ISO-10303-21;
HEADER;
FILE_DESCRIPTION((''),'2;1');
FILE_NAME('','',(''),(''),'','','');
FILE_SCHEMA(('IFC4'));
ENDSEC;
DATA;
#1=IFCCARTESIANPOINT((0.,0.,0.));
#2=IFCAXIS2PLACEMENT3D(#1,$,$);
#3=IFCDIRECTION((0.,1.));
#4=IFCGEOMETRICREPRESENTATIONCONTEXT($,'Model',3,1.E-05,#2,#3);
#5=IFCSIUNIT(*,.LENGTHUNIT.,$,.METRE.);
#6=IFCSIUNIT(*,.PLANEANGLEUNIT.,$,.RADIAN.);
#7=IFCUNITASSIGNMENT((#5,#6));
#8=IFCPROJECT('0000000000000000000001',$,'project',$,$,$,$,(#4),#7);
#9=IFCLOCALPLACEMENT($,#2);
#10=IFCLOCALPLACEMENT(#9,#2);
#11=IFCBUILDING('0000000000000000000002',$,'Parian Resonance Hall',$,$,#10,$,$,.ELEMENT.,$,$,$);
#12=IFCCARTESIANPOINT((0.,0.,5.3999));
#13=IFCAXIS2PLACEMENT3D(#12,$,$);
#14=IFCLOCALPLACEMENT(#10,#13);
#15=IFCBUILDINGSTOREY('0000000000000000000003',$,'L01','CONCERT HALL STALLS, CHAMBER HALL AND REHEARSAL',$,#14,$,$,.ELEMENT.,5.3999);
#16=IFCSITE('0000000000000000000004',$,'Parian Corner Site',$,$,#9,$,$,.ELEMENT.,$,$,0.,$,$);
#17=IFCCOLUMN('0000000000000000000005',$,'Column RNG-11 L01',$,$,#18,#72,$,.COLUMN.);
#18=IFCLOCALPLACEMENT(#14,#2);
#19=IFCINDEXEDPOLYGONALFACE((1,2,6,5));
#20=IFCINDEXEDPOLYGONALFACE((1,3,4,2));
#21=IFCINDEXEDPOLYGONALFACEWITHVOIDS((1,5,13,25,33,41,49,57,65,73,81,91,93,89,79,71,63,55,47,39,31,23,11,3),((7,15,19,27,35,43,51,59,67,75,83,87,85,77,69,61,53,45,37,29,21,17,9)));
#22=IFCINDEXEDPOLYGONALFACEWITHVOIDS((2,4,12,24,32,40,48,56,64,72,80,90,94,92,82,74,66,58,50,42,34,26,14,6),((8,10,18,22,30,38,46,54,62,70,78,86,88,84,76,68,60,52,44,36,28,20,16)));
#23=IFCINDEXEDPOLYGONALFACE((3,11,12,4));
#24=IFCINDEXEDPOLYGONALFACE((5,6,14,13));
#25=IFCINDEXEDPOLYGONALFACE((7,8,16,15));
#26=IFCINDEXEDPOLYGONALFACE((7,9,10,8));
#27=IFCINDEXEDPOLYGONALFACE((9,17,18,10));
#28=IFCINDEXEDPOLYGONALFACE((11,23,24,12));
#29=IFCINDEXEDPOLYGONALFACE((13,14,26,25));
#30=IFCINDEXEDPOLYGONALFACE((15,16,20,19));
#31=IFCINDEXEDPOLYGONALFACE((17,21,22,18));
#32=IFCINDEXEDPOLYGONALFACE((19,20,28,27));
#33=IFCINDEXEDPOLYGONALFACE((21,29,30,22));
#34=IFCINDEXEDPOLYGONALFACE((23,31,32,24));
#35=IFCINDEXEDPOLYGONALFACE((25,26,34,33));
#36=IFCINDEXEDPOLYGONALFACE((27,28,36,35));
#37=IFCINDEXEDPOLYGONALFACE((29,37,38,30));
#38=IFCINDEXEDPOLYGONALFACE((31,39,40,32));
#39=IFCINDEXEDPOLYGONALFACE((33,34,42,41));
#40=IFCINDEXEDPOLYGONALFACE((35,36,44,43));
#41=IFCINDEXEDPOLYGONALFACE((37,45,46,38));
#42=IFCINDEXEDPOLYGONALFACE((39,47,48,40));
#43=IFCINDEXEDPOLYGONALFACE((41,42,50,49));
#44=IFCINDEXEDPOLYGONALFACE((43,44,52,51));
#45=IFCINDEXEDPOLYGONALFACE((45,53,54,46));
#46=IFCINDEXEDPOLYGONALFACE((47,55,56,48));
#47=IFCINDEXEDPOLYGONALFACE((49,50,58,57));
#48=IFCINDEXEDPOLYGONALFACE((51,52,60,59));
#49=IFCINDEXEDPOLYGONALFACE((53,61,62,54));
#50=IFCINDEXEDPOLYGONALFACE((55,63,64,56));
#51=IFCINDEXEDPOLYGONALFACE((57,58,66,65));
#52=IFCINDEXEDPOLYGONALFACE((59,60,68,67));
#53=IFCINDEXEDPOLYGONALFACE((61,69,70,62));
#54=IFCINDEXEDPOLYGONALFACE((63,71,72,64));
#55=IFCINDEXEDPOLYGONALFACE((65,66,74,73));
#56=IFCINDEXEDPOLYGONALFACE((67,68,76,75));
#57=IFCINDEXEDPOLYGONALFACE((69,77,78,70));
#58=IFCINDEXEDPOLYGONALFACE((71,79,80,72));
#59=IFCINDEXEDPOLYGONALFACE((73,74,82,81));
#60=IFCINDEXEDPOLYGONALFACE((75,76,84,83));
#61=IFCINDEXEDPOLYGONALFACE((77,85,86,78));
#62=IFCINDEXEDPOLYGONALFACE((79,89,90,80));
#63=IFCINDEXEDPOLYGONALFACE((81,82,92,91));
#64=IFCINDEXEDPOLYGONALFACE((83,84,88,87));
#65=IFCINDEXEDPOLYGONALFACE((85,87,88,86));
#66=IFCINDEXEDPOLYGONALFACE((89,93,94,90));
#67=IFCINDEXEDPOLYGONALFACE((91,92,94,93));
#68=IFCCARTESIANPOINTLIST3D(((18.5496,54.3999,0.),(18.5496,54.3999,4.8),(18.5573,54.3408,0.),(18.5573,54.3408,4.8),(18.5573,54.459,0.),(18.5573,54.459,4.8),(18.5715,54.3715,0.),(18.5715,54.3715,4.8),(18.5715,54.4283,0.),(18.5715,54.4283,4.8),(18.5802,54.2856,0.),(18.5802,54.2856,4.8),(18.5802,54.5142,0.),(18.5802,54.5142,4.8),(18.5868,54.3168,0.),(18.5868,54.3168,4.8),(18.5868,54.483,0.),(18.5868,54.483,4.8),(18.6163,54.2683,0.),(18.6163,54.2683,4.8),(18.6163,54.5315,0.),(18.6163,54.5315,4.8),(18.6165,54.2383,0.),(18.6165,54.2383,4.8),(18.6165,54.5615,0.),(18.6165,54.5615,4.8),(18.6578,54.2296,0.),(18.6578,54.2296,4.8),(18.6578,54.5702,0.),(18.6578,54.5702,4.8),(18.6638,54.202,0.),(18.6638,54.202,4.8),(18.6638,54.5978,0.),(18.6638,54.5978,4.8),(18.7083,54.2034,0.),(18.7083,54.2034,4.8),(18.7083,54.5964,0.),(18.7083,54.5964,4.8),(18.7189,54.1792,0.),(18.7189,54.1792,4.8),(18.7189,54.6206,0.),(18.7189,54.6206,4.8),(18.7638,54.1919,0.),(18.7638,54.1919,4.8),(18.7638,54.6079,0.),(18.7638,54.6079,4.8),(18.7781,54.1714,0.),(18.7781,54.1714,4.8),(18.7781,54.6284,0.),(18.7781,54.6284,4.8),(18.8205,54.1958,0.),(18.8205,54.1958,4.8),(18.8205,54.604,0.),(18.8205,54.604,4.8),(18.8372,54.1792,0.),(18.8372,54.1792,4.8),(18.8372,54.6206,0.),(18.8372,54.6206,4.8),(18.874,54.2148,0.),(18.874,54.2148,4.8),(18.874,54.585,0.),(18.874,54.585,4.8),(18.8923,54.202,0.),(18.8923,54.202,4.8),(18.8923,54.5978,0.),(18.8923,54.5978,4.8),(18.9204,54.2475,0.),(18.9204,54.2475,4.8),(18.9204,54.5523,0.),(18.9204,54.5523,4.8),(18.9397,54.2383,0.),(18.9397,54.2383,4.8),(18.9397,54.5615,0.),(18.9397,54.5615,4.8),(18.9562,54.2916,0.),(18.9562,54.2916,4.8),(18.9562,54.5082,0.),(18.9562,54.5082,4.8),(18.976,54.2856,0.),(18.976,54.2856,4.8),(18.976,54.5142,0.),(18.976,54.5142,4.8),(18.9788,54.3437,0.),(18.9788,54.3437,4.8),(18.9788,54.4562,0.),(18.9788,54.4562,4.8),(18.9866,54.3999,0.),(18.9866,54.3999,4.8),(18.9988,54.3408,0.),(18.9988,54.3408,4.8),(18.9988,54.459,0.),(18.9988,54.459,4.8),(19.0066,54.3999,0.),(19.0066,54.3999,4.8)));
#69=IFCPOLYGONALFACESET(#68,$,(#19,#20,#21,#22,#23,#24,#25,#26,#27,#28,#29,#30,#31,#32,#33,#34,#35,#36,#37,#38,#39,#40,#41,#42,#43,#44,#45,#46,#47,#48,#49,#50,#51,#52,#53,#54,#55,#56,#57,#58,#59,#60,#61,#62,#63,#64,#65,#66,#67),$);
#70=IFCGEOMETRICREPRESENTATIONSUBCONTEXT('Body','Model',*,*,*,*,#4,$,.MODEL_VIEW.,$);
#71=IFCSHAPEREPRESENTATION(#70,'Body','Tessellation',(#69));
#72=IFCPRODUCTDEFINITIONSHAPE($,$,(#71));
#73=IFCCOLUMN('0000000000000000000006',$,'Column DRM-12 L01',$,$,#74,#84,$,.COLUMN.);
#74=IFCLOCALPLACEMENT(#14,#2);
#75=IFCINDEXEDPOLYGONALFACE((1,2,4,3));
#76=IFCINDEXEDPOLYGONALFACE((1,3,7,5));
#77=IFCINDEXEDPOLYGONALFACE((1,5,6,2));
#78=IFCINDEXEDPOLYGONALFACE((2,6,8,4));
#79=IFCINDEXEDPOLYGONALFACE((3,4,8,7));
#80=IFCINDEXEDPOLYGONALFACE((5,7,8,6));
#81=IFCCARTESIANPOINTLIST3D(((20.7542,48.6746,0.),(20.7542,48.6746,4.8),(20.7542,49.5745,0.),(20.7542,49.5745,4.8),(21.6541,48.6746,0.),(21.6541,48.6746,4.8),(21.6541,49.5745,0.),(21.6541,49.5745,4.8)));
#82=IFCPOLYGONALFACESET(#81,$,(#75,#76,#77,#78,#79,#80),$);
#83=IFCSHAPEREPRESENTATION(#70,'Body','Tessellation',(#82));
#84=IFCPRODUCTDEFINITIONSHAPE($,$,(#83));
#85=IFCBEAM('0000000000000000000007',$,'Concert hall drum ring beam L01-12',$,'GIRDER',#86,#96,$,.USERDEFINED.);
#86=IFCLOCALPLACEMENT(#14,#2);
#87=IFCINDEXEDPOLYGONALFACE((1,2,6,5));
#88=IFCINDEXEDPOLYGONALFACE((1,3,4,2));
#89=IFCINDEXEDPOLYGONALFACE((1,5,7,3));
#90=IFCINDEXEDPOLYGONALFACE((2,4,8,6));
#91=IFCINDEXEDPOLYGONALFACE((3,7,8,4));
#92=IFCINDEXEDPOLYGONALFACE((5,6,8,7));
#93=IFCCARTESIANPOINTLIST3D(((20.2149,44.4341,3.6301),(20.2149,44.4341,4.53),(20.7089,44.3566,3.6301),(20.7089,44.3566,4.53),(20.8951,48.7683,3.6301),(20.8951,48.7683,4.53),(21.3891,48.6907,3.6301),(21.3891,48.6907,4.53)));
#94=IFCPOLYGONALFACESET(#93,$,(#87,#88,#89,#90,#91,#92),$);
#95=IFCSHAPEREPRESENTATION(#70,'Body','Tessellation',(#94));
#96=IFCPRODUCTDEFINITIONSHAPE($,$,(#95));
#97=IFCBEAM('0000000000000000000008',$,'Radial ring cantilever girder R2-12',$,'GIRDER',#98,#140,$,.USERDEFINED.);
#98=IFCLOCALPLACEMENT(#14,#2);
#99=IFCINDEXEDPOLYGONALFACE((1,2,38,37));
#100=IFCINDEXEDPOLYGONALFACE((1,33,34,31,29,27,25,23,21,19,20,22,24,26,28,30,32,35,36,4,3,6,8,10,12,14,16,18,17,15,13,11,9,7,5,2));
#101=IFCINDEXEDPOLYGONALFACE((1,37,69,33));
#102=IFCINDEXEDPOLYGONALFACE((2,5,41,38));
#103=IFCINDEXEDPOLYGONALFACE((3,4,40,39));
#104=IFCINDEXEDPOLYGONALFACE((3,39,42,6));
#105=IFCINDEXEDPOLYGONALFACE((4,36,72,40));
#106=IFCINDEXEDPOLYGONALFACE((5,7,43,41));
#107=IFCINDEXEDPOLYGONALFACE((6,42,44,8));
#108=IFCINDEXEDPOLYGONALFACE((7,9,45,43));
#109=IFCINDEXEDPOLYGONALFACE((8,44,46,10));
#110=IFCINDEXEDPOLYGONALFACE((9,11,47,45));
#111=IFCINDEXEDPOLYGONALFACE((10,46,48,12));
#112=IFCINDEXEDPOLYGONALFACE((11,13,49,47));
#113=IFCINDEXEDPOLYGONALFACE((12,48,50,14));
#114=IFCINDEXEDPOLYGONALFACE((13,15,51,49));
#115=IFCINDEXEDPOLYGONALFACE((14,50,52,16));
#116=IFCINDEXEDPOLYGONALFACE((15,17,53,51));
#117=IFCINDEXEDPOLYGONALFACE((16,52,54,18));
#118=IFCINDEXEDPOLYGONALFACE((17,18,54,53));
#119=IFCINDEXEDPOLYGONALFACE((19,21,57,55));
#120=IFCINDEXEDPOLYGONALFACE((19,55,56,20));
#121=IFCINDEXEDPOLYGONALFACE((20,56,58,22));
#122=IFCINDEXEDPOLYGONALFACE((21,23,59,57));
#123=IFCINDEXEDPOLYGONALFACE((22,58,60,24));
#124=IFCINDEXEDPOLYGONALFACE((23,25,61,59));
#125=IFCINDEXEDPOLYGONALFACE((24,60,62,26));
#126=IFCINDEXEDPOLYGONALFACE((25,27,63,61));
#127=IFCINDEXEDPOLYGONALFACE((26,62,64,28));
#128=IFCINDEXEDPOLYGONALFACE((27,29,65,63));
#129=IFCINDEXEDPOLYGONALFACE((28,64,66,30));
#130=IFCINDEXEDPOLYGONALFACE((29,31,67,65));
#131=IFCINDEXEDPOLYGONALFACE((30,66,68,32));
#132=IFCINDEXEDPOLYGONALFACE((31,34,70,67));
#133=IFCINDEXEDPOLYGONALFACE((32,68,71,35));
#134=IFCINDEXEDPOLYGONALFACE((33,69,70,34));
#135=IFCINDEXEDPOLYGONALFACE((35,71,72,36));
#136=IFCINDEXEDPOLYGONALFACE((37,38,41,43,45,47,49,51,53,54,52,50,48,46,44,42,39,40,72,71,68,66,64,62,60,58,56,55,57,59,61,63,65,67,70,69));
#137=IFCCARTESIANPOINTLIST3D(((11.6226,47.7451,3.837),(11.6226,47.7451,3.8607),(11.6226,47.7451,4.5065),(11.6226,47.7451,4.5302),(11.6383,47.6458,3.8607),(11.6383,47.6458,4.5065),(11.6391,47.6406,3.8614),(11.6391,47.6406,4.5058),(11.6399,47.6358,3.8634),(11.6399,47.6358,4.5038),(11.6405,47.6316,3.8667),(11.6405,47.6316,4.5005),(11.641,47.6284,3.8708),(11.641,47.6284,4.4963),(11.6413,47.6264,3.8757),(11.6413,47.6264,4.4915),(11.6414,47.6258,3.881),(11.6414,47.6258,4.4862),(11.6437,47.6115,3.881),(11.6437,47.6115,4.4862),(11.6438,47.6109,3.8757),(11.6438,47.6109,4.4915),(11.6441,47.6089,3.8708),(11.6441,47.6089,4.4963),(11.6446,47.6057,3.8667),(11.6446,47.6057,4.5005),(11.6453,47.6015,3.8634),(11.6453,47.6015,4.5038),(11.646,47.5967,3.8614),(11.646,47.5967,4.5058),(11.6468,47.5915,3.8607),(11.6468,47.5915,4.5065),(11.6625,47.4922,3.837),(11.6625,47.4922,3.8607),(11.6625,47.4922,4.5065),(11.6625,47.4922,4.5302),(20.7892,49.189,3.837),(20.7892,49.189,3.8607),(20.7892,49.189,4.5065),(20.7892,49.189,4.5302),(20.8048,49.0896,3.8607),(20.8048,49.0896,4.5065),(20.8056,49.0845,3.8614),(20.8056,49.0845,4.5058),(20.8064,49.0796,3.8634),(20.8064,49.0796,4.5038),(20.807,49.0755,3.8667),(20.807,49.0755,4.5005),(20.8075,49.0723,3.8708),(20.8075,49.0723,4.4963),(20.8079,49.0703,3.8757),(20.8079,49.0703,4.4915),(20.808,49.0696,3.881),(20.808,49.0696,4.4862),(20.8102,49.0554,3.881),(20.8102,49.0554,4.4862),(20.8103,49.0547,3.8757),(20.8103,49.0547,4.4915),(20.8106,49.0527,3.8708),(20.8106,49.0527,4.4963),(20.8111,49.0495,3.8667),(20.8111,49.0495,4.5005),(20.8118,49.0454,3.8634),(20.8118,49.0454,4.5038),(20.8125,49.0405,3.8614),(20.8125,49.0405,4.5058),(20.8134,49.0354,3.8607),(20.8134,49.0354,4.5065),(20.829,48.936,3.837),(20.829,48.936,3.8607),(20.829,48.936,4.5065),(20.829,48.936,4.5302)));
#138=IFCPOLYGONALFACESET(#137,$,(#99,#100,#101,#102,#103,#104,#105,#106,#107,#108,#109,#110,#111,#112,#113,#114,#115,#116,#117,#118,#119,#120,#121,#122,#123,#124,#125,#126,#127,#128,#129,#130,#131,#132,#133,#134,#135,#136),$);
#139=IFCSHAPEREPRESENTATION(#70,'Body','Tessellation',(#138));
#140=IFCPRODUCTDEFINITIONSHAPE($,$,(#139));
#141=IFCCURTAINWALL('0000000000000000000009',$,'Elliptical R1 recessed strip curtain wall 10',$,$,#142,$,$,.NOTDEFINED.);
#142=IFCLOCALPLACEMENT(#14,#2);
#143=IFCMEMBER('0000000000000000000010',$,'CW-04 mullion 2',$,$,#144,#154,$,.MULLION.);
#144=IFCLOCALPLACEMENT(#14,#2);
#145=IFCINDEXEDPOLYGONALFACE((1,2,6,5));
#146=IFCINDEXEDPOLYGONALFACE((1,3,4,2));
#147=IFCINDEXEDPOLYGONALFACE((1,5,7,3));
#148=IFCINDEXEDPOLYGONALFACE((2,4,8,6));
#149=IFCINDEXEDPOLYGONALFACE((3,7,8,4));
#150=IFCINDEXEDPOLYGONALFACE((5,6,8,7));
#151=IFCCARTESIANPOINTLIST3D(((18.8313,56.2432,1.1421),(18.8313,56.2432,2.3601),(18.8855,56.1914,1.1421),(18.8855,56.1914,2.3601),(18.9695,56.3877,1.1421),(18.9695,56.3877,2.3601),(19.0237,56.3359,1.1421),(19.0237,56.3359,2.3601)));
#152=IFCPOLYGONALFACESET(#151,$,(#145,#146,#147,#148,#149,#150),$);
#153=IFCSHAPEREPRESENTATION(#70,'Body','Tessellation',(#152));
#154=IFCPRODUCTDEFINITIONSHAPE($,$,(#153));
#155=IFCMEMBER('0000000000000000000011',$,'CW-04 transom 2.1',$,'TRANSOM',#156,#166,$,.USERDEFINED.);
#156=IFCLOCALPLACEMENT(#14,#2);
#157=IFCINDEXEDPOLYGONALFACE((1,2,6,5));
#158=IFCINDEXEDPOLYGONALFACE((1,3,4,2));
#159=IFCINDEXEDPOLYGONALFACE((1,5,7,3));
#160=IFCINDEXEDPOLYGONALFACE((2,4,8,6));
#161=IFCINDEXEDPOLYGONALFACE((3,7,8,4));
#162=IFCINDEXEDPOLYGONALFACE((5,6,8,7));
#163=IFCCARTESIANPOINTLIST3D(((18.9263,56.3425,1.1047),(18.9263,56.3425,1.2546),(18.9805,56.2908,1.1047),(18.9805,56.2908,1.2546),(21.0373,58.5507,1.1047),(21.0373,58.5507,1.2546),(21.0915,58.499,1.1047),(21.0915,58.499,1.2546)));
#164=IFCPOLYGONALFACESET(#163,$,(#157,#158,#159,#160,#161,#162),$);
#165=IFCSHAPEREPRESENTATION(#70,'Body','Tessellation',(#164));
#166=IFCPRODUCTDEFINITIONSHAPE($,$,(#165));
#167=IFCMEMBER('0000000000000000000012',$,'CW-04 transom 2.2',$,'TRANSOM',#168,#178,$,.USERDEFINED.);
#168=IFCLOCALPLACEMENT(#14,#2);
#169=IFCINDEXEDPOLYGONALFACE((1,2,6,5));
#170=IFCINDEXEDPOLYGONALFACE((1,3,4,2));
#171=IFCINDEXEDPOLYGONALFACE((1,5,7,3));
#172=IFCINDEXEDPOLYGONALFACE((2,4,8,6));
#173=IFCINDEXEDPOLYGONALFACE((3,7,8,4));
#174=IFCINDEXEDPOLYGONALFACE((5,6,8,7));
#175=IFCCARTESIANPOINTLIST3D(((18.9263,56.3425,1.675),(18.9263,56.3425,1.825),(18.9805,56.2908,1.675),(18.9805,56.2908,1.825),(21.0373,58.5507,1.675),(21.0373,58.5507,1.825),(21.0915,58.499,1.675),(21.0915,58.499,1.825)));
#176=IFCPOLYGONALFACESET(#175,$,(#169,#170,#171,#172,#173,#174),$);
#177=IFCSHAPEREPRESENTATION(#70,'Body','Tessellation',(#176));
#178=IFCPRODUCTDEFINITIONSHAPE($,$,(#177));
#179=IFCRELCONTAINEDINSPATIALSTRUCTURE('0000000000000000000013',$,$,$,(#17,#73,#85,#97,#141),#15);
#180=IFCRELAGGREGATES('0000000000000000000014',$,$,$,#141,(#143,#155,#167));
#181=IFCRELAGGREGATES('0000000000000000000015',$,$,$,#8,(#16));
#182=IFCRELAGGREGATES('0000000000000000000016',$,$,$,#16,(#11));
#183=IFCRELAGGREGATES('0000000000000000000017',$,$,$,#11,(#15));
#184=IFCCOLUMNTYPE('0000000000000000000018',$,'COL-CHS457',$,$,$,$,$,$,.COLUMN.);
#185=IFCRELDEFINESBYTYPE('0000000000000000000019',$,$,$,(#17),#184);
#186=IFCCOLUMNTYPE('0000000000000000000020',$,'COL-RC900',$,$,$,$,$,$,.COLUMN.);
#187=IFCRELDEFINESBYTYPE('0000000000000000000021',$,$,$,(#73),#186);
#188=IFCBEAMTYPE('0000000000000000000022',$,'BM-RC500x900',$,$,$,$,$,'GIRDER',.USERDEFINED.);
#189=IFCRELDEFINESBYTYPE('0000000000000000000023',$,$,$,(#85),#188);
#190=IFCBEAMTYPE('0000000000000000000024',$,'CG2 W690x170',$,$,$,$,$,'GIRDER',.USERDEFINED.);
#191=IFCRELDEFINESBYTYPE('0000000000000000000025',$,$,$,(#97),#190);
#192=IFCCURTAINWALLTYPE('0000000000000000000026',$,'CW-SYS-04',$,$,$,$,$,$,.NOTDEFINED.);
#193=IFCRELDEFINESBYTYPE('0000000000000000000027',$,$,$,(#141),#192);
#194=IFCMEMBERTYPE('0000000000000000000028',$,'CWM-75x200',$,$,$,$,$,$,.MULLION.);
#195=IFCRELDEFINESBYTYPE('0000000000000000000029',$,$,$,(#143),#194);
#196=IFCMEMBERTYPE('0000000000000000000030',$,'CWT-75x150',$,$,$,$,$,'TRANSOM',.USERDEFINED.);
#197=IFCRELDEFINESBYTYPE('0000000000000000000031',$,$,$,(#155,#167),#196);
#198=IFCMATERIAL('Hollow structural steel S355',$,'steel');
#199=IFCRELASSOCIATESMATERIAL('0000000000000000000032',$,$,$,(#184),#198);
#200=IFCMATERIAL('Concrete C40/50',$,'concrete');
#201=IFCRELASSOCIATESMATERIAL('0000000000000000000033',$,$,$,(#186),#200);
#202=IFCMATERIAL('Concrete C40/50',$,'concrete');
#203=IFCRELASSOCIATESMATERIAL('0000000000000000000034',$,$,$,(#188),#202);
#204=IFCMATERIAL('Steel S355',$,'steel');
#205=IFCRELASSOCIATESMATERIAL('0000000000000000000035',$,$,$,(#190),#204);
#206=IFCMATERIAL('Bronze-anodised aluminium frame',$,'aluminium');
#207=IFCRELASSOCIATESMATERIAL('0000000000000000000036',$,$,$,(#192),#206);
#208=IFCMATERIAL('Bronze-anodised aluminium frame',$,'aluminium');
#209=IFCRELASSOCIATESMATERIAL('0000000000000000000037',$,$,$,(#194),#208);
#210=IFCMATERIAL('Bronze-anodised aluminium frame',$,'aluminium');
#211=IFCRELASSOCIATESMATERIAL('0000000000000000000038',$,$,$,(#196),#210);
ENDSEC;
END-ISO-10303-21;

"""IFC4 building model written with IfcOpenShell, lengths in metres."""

from ifc_helpers import new_model, si_unit, direction, frame, origin, origin_2d, place, context, subcontext, project, spatial, rectangle, hollow_circle, i_section, extrude, material, material_profile, profile_set, type_object, element, aggregate, save


model = new_model("IFC4")

# Units and contexts
model_context = context("Model", 3, precision=1e-05, world=origin(), true_north=direction((0.0, 1.0)))
body_context = subcontext(model_context, "Body", "Model", "MODEL_VIEW")
ifc_project = project(units=[si_unit("LENGTHUNIT", "METRE"), si_unit("PLANEANGLEUNIT", "RADIAN")], contexts=[model_context])

# Site, building, storey
site_placement = place(None, origin())
site = spatial("IfcSite", under=ifc_project, at=site_placement, Name="Parian Corner Site", CompositionType="ELEMENT", RefElevation=0.0)
building_placement = place(site_placement, origin())
building = spatial("IfcBuilding", under=site, at=building_placement, Name="Parian Resonance Hall", CompositionType="ELEMENT")
storey_placement = place(building_placement, frame((0.0, 0.0, 5.3999)))
storey = spatial("IfcBuildingStorey", under=building, at=storey_placement, Name="L01", Description="CONCERT HALL STALLS, CHAMBER HALL AND REHEARSAL", CompositionType="ELEMENT", Elevation=5.3999)

# Columns
ifc_material_1 = material(Name="Hollow structural steel S355", Category="steel")
ifc_material_profile_1 = material_profile(ifc_material_1, hollow_circle(Radius=0.2285, WallThickness=0.02, at=origin_2d()), Name="CHS457x20")
ifc_profile_set_1 = profile_set([ifc_material_profile_1], Name="Hollow structural steel S355")
column_type_1 = type_object("IfcColumnType", Name="COL-CHS457", PredefinedType="COLUMN", material=ifc_profile_set_1)
column_1_placement = place(storey_placement, frame((18.7781, 54.3999, 0.0), z_axis=(0.0, 0.0, 1.0), x_axis=(1.0, 0.0, 0.0)))
element("IfcColumn", 1, at=column_1_placement, inside=storey, type_object=column_type_1, Name="Column RNG-11 L01", PredefinedType="COLUMN", context=body_context, shape_type="SweptSolid", body=[
    extrude(hollow_circle(Radius=0.2285, WallThickness=0.02, at=origin_2d()), origin(), (0.0, 0.0, 1.0), 4.8),
])
ifc_material_2 = material(Name="Concrete C40/50", Category="concrete")
ifc_material_profile_2 = material_profile(ifc_material_2, rectangle(XDim=0.8999, YDim=0.8999, at=origin_2d()), Name="RC-COL-900x900")
ifc_profile_set_2 = profile_set([ifc_material_profile_2], Name="Concrete C40/50")
column_type_2 = type_object("IfcColumnType", Name="COL-RC900", PredefinedType="COLUMN", material=ifc_profile_set_2)
column_2_placement = place(storey_placement, frame((21.2041, 49.1245, 0.0), z_axis=(0.0, 0.0, 1.0), x_axis=(1.0, 0.0, 0.0)))
element("IfcColumn", 2, at=column_2_placement, inside=storey, type_object=column_type_2, Name="Column DRM-12 L01", PredefinedType="COLUMN", context=body_context, shape_type="SweptSolid", body=[
    extrude(rectangle(XDim=0.8999, YDim=0.8999, at=origin_2d()), origin(), (0.0, 0.0, 1.0), 4.8),
])

# Beams
ifc_material_3 = material(Name="Concrete C40/50", Category="concrete")
ifc_material_profile_3 = material_profile(ifc_material_3, rectangle(XDim=0.5, YDim=0.8999, at=origin_2d()), Name="RC-BM-500x900")
ifc_profile_set_3 = profile_set([ifc_material_profile_3], Name="Concrete C40/50")
beam_type_1 = type_object("IfcBeamType", Name="BM-RC500x900", ElementType="GIRDER", PredefinedType="USERDEFINED", material=ifc_profile_set_3)
beam_1_placement = place(storey_placement, frame((21.1421, 48.7295, 4.0801), z_axis=(-0.155034, -0.987909, 0.0), x_axis=(0.987909, -0.155034, 0.0)))
element("IfcBeam", 3, at=beam_1_placement, inside=storey, type_object=beam_type_1, Name="Concert hall drum ring beam L01-12", ObjectType="GIRDER", PredefinedType="USERDEFINED", context=body_context, shape_type="SweptSolid", body=[
    extrude(rectangle(XDim=0.5, YDim=0.8999, at=origin_2d()), origin(), (0.0, 0.0, 1.0), 4.3872),
])
ifc_material_4 = material(Name="Steel S355", Category="steel")
ifc_material_profile_4 = material_profile(ifc_material_4, i_section(OverallWidth=0.2561, OverallDepth=0.6931, WebThickness=0.0144, FlangeThickness=0.0237, FilletRadius=0.0203, at=origin_2d()), Name="W690x170")
ifc_profile_set_4 = profile_set([ifc_material_profile_4], Name="Steel S355")
beam_type_2 = type_object("IfcBeamType", Name="CG2 W690x170", ElementType="GIRDER", PredefinedType="USERDEFINED", material=ifc_profile_set_4)
beam_2_placement = place(storey_placement, frame((20.8091, 49.0625, 4.1836), z_axis=(-0.987821, -0.155595, 0.0), x_axis=(0.155595, -0.987821, 0.0)))
element("IfcBeam", 4, at=beam_2_placement, inside=storey, type_object=beam_type_2, Name="Radial ring cantilever girder R2-12", ObjectType="GIRDER", PredefinedType="USERDEFINED", context=body_context, shape_type="SweptSolid", body=[
    extrude(i_section(OverallWidth=0.2561, OverallDepth=0.6931, WebThickness=0.0144, FlangeThickness=0.0237, FilletRadius=0.0203, at=origin_2d()), origin(), (0.0, 0.0, 1.0), 9.2795),
])

# Curtain wall, members
ifc_material_5 = material(Name="Bronze-anodised aluminium frame", Category="aluminium")
curtain_wall_type = type_object("IfcCurtainWallType", Name="CW-SYS-04", PredefinedType="NOTDEFINED", material=ifc_material_5)
curtain_wall_placement = place(storey_placement, origin())
curtain_wall = element("IfcCurtainWall", 5, at=curtain_wall_placement, inside=storey, type_object=curtain_wall_type, Name="Elliptical R1 recessed strip curtain wall 10", PredefinedType="NOTDEFINED")
ifc_material_6 = material(Name="Bronze-anodised aluminium frame", Category="aluminium")
ifc_material_profile_5 = material_profile(ifc_material_6, rectangle(XDim=0.075, YDim=0.2, at=origin_2d()), Name="CWM-75x200")
ifc_profile_set_5 = profile_set([ifc_material_profile_5], Name="Bronze-anodised aluminium frame")
member_type_1 = type_object("IfcMemberType", Name="CWM-75x200", PredefinedType="MULLION", material=ifc_profile_set_5)
member_1_placement = place(storey_placement, frame((18.9275, 56.2896, 1.1421), z_axis=(0.0, 0.0, 1.0), x_axis=(-0.722863, 0.690991, 0.0)))
member_1 = element("IfcMember", 6, at=member_1_placement, type_object=member_type_1, Name="CW-04 mullion 2", PredefinedType="MULLION", context=body_context, shape_type="SweptSolid", body=[
    extrude(rectangle(XDim=0.075, YDim=0.2, at=origin_2d()), origin(), (0.0, 0.0, 1.0), 1.218),
])
ifc_material_7 = material(Name="Bronze-anodised aluminium frame", Category="aluminium")
ifc_material_profile_6 = material_profile(ifc_material_7, rectangle(XDim=0.075, YDim=0.1499, at=origin_2d()), Name="CWT-75x150")
ifc_profile_set_6 = profile_set([ifc_material_profile_6], Name="Bronze-anodised aluminium frame")
member_type_2 = type_object("IfcMemberType", Name="CWT-75x150", ElementType="TRANSOM", PredefinedType="USERDEFINED", material=ifc_profile_set_6)
member_2_placement = place(storey_placement, frame((18.9534, 56.3167, 1.1797), z_axis=(0.691025, 0.722831, 0.0), x_axis=(-0.722831, 0.691025, 0.0)))
member_2 = element("IfcMember", 7, at=member_2_placement, type_object=member_type_2, Name="CW-04 transom 2.1", ObjectType="TRANSOM", PredefinedType="USERDEFINED", context=body_context, shape_type="SweptSolid", body=[
    extrude(rectangle(XDim=0.075, YDim=0.1499, at=origin_2d()), origin(), (0.0, 0.0, 1.0), 3.0549),
])
member_3_placement = place(storey_placement, frame((18.9534, 56.3167, 1.75), z_axis=(0.691025, 0.722831, 0.0), x_axis=(-0.722831, 0.691025, 0.0)))
member_3 = element("IfcMember", 8, at=member_3_placement, type_object=member_type_2, Name="CW-04 transom 2.2", ObjectType="TRANSOM", PredefinedType="USERDEFINED", context=body_context, shape_type="SweptSolid", body=[
    extrude(rectangle(XDim=0.075, YDim=0.1499, at=origin_2d()), origin(), (0.0, 0.0, 1.0), 3.0549),
])

aggregate(curtain_wall, [member_1, member_2, member_3])

save(model, "model.ifc")
